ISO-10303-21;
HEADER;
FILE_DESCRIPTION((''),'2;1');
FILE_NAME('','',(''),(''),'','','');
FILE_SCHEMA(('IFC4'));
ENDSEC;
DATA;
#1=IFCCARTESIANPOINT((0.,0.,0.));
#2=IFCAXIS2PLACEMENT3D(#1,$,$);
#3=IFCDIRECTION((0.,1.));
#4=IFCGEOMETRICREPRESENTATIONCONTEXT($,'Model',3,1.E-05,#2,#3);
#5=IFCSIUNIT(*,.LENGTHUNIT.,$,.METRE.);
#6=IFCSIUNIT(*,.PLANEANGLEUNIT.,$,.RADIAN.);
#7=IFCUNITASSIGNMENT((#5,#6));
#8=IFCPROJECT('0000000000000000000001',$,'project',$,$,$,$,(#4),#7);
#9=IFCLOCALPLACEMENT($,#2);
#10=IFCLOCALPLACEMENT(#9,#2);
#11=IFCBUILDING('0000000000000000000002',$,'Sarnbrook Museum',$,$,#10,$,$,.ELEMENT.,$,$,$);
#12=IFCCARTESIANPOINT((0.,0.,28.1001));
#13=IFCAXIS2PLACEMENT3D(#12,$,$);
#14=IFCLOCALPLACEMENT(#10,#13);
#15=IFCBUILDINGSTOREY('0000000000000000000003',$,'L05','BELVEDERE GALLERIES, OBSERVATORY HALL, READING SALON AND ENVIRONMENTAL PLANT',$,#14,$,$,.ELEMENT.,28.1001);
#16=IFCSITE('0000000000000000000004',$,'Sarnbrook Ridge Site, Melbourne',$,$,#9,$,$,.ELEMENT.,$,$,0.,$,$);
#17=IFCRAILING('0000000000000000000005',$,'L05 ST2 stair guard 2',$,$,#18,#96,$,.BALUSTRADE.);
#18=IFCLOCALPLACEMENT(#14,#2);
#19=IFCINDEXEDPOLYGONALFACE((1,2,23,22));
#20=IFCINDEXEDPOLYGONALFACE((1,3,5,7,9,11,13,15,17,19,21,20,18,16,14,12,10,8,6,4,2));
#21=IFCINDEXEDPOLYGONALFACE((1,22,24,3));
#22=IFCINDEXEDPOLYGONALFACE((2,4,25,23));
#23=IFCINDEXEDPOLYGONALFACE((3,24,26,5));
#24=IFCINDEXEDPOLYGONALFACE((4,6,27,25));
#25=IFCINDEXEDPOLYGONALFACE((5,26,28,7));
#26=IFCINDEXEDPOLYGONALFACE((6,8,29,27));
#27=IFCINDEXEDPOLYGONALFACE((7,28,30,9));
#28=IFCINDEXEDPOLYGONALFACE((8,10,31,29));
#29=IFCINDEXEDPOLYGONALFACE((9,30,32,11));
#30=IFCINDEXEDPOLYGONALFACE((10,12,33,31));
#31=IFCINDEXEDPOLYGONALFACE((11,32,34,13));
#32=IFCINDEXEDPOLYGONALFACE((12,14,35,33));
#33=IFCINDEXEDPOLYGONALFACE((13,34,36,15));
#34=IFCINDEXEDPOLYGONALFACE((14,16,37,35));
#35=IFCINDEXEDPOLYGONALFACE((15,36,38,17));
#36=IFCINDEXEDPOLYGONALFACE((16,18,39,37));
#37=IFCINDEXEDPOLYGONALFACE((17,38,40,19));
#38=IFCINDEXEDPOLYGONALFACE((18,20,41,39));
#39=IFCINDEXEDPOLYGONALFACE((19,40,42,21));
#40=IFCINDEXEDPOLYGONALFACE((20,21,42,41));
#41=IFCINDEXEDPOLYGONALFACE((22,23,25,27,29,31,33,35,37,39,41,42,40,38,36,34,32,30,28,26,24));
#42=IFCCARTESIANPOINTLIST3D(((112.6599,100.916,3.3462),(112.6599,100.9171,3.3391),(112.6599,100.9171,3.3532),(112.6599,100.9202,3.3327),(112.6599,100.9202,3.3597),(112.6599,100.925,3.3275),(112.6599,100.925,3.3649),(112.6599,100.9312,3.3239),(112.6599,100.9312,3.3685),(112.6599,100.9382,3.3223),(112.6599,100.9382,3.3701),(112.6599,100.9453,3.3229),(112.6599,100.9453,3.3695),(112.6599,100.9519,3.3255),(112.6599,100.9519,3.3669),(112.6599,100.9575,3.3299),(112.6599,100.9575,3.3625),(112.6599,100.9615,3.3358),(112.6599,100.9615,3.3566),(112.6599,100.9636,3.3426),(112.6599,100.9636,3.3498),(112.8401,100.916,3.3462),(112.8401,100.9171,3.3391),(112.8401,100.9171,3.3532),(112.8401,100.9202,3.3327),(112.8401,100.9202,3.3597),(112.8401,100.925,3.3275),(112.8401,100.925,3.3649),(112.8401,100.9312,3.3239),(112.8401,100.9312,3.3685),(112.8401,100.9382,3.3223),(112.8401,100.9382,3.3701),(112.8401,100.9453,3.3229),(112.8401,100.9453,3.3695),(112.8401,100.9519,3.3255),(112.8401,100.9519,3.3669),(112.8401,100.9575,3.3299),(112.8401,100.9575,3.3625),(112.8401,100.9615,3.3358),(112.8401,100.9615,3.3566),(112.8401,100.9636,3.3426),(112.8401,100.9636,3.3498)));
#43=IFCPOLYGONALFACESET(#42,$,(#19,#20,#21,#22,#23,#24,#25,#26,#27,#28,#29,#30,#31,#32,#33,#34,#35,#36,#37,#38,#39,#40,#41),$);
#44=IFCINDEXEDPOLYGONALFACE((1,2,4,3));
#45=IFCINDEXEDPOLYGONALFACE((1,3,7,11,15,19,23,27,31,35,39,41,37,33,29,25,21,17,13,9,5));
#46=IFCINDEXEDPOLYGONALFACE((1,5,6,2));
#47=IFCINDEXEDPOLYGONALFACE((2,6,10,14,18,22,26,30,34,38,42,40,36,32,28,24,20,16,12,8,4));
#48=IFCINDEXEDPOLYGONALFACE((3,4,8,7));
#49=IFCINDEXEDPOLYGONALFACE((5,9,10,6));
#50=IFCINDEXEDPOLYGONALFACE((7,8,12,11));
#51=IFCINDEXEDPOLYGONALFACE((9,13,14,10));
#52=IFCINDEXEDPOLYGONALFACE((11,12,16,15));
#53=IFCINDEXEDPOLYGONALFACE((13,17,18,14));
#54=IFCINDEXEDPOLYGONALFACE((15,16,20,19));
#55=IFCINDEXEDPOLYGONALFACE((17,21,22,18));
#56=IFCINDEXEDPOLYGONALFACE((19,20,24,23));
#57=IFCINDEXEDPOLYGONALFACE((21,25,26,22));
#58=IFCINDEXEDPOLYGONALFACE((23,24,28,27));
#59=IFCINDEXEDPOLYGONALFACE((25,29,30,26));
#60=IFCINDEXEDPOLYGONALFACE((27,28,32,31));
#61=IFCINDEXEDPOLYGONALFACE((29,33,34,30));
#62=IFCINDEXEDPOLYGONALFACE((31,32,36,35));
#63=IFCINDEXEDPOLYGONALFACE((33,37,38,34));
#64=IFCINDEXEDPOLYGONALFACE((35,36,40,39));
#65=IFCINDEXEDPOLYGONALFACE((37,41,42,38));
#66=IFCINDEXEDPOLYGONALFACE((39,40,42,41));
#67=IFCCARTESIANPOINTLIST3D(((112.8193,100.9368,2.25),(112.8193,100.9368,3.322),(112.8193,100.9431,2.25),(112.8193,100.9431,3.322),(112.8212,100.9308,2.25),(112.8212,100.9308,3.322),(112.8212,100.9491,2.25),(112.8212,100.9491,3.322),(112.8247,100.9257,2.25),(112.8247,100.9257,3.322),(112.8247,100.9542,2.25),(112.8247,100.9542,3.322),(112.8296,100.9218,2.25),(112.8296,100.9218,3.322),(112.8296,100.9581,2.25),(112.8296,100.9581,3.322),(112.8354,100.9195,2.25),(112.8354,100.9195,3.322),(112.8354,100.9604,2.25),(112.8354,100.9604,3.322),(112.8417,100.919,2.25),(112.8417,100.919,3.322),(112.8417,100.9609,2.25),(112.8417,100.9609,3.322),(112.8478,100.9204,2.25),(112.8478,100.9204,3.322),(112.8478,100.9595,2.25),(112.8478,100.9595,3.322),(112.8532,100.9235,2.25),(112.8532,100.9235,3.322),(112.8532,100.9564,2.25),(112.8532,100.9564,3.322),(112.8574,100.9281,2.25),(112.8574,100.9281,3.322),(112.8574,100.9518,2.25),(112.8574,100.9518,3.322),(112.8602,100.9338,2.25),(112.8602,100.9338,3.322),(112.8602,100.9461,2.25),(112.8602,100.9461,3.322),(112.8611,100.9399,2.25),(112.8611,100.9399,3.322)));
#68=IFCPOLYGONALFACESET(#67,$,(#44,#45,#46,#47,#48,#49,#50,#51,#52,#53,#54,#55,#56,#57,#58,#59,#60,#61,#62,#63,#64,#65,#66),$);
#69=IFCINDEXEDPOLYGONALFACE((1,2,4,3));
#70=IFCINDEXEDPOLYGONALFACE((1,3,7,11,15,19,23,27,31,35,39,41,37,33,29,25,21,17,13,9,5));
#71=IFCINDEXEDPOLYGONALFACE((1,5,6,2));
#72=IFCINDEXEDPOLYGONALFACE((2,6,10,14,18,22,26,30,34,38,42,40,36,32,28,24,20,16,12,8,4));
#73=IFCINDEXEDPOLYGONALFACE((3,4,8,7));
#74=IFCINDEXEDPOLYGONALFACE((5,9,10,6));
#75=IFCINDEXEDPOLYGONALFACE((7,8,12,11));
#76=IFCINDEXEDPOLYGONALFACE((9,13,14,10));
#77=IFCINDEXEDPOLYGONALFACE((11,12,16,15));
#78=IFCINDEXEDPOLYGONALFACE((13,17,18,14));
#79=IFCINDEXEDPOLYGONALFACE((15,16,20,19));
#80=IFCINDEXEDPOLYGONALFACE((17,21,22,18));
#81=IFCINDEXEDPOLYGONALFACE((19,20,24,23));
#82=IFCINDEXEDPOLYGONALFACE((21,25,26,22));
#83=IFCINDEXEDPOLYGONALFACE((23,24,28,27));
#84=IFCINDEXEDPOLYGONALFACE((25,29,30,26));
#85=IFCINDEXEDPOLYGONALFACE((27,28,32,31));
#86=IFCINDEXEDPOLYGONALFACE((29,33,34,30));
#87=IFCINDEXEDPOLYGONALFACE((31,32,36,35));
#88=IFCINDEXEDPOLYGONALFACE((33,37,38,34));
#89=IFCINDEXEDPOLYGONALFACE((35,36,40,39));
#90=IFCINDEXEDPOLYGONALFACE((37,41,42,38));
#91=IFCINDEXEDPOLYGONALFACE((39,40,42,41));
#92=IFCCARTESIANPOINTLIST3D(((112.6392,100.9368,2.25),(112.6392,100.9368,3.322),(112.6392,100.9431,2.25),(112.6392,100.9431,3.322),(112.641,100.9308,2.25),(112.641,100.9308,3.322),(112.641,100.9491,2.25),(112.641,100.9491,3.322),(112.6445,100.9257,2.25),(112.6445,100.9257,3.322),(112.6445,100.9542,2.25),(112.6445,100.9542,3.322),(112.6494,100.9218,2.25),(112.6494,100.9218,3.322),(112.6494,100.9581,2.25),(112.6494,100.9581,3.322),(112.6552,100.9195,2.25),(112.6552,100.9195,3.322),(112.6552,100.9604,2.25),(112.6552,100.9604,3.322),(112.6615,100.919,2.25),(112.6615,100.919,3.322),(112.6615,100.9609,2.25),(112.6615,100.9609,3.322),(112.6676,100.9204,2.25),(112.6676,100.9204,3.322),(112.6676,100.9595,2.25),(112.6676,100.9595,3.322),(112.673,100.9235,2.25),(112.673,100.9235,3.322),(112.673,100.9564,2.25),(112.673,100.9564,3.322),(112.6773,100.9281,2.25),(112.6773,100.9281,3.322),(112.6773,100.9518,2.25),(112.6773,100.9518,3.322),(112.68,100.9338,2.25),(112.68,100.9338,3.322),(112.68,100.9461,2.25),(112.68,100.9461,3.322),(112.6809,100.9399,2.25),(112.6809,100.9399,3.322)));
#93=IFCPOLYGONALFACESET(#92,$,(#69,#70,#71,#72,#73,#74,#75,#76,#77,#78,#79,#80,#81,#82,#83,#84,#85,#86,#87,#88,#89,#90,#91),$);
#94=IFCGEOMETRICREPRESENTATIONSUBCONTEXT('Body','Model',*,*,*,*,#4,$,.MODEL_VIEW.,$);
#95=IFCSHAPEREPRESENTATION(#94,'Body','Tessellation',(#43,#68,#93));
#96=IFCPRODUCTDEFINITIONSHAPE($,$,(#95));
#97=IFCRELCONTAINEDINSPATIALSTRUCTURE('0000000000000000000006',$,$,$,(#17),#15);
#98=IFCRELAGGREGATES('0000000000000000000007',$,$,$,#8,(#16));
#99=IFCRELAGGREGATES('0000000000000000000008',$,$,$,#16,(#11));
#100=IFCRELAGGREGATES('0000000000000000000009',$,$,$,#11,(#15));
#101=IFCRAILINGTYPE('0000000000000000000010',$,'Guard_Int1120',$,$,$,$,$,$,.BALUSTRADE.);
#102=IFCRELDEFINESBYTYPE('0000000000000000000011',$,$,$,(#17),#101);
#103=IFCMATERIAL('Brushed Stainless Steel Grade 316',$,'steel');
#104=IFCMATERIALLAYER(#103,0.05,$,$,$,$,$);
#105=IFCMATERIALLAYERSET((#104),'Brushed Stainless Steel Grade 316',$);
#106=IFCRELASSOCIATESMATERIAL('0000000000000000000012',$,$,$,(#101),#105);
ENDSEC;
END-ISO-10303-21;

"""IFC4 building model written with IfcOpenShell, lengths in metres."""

from ifc_helpers import new_model, si_unit, direction, frame, origin, origin_2d, place, context, subcontext, project, spatial, circle, extrude, material, layer, layer_set, type_object, element, save


model = new_model("IFC4")

# Units and contexts
model_context = context("Model", 3, precision=1e-05, world=origin(), true_north=direction((0.0, 1.0)))
body_context = subcontext(model_context, "Body", "Model", "MODEL_VIEW")
ifc_project = project(units=[si_unit("LENGTHUNIT", "METRE"), si_unit("PLANEANGLEUNIT", "RADIAN")], contexts=[model_context])

# Site, building, storey
site_placement = place(None, origin())
site = spatial("IfcSite", under=ifc_project, at=site_placement, Name="Sarnbrook Ridge Site, Melbourne", CompositionType="ELEMENT", RefElevation=0.0)
building_placement = place(site_placement, origin())
building = spatial("IfcBuilding", under=site, at=building_placement, Name="Sarnbrook Museum", CompositionType="ELEMENT")
storey_placement = place(building_placement, frame((0.0, 0.0, 28.1001)))
storey = spatial("IfcBuildingStorey", under=building, at=storey_placement, Name="L05", Description="BELVEDERE GALLERIES, OBSERVATORY HALL, READING SALON AND ENVIRONMENTAL PLANT", CompositionType="ELEMENT", Elevation=28.1001)

# Railing
ifc_material_1 = material(Name="Brushed Stainless Steel Grade 316", Category="steel")
ifc_layer_1 = layer(ifc_material_1, 0.05)
ifc_layer_set_1 = layer_set([ifc_layer_1], Name="Brushed Stainless Steel Grade 316")
railing_type_1 = type_object("IfcRailingType", Name="Guard_Int1120", PredefinedType="BALUSTRADE", material=ifc_layer_set_1)
railing_1_placement = place(storey_placement, frame((112.8401, 100.9399, 2.25)))
element("IfcRailing", 1, at=railing_1_placement, inside=storey, type_object=railing_type_1, Name="L05 ST2 stair guard 2", PredefinedType="BALUSTRADE", context=body_context, shape_type="SweptSolid", body=[
    extrude(circle(Radius=0.0239, at=origin_2d()), frame((0.0, 0.0, 1.0962), z_axis=(-1.0, 0.0, 0.0), x_axis=(0.0, -1.0, 0.0)), (0.0, 0.0, 1.0), 0.1802),
    extrude(circle(Radius=0.021, at=origin_2d()), origin(), (0.0, 0.0, 1.0), 1.072),
    extrude(circle(Radius=0.021, at=origin_2d()), frame((-0.1802, 0.0, 0.0)), (0.0, 0.0, 1.0), 1.072),
])

save(model, "model.ifc")
